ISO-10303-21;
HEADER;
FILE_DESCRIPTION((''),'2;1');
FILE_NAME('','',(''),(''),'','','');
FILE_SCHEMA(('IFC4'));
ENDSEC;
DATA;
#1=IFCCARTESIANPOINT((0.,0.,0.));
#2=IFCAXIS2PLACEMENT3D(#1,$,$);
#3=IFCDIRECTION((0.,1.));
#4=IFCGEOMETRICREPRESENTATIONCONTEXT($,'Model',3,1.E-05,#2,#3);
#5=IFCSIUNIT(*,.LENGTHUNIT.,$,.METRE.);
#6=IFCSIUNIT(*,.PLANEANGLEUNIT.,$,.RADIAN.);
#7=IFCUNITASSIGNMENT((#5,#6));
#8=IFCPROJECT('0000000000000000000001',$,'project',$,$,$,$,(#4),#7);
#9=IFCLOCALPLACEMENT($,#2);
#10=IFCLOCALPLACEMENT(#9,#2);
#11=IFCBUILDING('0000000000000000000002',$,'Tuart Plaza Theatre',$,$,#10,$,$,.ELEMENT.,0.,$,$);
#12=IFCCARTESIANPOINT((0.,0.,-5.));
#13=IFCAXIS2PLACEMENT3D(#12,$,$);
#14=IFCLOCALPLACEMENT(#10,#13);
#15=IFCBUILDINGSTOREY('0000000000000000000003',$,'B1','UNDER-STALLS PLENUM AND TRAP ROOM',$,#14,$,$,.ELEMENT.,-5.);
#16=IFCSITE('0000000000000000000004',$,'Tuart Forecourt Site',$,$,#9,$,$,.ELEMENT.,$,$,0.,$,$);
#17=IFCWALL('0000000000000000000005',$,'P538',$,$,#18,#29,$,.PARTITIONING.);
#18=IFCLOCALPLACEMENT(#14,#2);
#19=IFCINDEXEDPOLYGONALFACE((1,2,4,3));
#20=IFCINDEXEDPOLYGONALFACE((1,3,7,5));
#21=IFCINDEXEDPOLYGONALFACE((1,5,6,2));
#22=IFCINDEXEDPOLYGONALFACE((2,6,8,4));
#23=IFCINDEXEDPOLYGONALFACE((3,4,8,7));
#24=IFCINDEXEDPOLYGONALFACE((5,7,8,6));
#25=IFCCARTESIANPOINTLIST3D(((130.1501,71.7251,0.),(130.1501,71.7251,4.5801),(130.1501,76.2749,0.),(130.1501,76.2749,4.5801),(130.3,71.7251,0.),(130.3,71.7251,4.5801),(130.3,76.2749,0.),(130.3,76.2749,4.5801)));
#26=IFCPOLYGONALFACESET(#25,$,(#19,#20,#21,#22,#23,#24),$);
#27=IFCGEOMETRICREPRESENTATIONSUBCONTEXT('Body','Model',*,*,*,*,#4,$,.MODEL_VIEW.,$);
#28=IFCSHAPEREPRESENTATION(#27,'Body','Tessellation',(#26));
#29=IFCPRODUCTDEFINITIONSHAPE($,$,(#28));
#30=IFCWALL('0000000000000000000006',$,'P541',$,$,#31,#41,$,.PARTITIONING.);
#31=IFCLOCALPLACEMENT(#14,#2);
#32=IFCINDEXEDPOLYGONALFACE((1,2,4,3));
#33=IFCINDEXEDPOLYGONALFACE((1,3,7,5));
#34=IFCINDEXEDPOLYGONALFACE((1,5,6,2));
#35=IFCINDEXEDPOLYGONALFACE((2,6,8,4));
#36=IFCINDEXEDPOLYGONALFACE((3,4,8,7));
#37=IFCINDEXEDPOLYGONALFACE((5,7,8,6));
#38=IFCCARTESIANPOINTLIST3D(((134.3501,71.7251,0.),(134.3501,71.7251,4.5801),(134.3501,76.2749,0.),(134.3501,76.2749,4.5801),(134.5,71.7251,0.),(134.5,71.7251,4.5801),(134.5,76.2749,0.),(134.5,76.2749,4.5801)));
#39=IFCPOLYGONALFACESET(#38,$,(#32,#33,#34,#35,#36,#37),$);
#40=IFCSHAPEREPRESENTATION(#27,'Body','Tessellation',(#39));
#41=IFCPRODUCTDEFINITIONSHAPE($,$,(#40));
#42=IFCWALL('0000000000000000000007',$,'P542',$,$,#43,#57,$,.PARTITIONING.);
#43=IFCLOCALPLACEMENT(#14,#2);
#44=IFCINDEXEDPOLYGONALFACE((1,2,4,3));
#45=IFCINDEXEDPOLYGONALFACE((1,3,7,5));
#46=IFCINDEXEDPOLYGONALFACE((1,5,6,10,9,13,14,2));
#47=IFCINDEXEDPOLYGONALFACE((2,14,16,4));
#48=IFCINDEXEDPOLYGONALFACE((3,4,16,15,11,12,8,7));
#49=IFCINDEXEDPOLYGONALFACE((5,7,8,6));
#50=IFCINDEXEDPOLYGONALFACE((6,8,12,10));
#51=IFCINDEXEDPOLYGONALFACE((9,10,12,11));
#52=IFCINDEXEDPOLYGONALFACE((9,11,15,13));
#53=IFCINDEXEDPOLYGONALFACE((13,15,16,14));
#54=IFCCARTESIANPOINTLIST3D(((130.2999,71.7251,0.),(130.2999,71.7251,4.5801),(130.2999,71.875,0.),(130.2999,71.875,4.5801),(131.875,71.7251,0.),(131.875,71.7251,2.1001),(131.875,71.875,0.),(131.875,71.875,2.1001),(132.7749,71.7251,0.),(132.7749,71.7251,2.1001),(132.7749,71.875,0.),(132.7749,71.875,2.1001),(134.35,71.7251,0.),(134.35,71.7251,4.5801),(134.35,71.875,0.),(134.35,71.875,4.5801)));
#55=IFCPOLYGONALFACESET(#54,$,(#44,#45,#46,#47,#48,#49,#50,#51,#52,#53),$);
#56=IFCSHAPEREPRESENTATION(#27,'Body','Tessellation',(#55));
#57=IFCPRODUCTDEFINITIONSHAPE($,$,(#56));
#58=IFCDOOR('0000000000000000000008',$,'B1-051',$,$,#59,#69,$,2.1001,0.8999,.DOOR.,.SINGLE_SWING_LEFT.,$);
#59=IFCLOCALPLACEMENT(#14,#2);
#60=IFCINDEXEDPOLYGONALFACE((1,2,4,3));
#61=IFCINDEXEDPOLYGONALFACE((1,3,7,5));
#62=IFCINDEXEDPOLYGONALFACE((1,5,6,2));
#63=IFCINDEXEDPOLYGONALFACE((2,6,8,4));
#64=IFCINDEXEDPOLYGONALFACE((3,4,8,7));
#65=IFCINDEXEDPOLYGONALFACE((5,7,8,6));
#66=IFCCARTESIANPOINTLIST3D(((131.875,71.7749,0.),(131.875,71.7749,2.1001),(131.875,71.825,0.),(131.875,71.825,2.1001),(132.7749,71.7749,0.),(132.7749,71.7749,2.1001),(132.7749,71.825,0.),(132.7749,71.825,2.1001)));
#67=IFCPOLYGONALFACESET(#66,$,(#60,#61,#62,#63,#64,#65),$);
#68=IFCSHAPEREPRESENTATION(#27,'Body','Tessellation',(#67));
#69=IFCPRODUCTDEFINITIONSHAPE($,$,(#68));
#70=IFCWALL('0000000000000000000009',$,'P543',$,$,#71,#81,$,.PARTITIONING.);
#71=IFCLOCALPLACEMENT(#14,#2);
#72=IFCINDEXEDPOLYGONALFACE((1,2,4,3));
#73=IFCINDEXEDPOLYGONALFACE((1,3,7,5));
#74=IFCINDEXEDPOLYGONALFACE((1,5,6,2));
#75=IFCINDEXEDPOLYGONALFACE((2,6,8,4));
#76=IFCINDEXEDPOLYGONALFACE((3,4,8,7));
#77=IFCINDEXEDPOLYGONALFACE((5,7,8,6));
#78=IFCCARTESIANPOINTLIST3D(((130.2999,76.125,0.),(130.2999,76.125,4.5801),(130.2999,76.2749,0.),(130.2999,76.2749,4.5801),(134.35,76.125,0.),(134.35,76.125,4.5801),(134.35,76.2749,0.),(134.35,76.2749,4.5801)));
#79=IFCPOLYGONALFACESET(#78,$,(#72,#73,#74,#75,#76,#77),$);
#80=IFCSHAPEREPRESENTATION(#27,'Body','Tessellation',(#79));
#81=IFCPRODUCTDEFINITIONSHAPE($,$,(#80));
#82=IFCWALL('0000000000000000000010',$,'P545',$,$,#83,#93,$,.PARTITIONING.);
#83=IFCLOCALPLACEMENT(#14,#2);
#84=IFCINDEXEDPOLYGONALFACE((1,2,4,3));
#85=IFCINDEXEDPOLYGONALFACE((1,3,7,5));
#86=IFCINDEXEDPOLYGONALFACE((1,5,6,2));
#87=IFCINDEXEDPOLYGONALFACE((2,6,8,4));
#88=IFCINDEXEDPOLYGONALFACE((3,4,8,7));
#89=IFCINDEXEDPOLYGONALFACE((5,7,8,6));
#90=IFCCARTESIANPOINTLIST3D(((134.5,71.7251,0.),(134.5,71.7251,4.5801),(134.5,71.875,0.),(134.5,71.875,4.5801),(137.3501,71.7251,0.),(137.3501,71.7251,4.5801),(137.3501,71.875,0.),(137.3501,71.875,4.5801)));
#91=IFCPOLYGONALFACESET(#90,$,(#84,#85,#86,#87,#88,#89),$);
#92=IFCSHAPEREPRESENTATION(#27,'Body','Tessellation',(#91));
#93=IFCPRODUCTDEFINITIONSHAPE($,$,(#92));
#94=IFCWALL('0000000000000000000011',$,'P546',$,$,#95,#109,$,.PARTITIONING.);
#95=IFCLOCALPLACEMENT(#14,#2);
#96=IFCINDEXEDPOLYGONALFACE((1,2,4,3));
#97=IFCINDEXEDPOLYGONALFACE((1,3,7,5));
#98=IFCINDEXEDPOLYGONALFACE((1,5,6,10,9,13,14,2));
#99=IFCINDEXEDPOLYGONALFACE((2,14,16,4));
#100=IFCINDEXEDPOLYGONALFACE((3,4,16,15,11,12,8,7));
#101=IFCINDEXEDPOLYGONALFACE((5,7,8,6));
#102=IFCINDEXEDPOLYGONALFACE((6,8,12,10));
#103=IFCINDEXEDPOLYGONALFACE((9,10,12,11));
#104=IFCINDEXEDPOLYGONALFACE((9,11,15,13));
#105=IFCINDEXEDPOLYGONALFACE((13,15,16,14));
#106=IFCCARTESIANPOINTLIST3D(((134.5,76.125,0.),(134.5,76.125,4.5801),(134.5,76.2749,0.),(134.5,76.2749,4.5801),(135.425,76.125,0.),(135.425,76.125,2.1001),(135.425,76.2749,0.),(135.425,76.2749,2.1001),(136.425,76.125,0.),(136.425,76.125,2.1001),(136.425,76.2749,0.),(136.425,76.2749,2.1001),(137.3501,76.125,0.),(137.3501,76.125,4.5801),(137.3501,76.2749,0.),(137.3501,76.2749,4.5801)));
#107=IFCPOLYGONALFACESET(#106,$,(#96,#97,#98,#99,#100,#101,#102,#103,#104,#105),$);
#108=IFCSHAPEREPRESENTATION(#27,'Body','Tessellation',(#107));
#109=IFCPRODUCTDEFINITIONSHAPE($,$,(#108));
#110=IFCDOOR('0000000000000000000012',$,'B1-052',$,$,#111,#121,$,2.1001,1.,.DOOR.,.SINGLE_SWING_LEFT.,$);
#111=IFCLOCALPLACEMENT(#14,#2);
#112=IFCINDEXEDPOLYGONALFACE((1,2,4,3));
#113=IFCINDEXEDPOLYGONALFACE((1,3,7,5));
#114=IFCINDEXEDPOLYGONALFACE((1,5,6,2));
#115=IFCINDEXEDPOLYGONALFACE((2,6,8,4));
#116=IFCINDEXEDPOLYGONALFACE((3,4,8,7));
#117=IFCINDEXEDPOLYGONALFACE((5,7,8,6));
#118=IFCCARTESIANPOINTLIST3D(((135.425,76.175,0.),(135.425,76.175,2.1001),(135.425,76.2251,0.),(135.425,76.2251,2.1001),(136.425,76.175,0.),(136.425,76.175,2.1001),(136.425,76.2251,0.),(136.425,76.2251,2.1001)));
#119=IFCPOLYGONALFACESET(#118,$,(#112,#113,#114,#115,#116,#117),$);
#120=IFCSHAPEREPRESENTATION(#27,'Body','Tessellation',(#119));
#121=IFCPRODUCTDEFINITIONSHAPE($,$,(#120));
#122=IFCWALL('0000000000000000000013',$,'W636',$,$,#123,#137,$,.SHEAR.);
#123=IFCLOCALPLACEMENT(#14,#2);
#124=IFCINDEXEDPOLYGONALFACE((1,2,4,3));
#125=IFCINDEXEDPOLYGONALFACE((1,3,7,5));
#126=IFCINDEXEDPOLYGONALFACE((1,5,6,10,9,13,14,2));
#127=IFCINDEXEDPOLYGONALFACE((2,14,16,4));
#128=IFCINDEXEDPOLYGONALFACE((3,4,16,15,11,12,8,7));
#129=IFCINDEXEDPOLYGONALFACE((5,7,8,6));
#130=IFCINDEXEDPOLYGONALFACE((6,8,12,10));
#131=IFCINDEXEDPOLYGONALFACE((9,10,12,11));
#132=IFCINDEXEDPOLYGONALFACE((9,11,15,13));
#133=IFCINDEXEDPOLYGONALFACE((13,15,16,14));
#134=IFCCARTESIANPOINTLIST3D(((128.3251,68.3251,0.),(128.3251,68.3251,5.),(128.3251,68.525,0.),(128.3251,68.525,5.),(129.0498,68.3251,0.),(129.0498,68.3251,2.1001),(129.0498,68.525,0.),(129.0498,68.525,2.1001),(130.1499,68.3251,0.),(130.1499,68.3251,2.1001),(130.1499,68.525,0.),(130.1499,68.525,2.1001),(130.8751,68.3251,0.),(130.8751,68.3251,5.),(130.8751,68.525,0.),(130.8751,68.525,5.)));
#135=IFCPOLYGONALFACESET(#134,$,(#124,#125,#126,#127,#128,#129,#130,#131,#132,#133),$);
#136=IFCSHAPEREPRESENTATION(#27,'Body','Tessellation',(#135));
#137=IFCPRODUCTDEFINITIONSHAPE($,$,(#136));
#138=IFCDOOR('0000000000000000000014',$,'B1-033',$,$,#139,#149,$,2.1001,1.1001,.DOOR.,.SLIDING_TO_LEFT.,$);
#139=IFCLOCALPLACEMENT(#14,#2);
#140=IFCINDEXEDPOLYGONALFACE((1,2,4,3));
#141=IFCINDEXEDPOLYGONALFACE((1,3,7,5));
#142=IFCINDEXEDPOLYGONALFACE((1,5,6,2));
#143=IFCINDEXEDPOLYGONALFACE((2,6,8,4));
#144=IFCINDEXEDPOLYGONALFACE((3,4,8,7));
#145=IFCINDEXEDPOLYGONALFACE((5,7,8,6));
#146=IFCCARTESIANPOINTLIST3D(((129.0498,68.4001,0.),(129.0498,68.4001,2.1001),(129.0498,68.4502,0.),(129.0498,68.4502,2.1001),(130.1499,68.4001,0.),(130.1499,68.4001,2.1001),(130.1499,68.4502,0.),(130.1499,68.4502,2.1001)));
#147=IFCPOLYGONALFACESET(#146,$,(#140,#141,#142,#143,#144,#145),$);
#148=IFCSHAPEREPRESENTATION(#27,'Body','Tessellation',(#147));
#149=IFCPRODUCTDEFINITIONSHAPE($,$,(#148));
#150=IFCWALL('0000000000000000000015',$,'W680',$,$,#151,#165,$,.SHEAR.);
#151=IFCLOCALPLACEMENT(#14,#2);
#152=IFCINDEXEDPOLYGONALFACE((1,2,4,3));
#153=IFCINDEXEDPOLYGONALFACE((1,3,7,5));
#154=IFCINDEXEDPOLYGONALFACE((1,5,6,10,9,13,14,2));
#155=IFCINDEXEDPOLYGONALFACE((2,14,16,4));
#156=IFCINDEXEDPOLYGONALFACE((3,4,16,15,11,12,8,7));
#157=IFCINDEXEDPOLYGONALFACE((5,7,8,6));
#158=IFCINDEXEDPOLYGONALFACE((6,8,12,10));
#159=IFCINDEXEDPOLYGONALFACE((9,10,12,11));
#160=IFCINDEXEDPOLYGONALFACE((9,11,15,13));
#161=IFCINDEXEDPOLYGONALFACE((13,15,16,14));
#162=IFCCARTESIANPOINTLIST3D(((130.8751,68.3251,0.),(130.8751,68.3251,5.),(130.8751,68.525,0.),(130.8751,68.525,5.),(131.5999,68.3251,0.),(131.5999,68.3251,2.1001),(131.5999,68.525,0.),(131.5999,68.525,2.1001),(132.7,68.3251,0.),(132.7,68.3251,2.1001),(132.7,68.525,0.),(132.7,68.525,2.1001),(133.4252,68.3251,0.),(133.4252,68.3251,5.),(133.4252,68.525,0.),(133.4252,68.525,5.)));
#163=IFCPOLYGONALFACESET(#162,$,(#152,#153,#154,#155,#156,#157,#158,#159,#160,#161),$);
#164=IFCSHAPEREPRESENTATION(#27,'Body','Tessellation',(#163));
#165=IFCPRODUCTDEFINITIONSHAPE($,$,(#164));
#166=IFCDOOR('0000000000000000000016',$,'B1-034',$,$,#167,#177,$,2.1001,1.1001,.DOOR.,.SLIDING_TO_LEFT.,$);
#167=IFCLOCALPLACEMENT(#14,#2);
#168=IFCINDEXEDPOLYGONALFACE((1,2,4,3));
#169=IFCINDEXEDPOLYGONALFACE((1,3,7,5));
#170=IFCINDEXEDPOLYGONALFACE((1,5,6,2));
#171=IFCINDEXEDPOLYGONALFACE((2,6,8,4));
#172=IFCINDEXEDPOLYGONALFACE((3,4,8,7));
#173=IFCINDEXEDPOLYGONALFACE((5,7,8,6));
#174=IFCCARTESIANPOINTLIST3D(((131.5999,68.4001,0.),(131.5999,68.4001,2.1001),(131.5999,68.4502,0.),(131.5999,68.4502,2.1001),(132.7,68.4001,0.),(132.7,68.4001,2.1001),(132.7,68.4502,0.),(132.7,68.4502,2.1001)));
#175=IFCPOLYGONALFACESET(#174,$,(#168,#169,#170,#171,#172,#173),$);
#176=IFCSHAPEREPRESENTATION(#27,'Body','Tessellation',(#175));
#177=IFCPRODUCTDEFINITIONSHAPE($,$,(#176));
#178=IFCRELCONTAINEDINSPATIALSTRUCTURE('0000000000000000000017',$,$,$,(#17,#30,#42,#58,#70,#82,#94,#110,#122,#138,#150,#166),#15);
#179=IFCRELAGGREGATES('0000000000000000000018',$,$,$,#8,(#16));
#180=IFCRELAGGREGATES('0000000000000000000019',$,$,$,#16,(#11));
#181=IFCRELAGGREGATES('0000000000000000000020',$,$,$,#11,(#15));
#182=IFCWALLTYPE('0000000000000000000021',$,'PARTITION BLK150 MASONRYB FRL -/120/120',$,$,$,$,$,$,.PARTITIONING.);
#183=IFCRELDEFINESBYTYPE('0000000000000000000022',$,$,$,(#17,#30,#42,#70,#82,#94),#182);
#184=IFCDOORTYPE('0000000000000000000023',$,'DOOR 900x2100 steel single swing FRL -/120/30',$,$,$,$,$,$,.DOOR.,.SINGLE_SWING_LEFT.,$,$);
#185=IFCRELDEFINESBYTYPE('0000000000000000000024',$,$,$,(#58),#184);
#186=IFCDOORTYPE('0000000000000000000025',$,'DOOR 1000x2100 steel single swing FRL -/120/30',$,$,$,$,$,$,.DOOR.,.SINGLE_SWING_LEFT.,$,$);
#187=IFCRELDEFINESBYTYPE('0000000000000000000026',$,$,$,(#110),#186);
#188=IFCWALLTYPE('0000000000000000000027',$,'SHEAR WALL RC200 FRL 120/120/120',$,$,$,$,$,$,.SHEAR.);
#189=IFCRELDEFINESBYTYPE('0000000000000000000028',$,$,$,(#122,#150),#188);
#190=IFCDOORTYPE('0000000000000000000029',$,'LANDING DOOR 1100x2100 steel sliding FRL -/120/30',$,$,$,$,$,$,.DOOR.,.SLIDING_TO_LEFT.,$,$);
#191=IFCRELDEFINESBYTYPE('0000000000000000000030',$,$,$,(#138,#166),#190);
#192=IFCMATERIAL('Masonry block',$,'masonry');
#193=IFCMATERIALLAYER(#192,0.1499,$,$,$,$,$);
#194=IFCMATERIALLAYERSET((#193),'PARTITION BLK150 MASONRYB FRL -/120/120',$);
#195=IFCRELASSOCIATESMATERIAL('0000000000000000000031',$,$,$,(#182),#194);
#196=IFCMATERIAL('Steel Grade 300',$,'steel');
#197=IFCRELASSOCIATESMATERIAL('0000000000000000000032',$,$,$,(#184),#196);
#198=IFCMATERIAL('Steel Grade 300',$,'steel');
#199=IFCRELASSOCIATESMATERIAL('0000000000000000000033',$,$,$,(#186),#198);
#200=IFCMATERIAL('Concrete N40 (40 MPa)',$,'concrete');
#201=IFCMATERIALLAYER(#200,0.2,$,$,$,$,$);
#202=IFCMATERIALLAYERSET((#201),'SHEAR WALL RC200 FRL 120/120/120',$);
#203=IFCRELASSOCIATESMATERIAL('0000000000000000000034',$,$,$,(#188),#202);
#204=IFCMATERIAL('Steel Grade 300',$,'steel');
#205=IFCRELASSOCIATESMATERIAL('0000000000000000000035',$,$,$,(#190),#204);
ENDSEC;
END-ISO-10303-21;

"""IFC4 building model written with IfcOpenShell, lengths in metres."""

from ifc_helpers import new_model, si_unit, direction, frame, frame_2d, origin, place, context, subcontext, project, spatial, rectangle, extrude, material, layer, layer_set, type_object, element, fill, save


model = new_model("IFC4")

# Units and contexts
model_context = context("Model", 3, precision=1e-05, world=origin(), true_north=direction((0.0, 1.0)))
body_context = subcontext(model_context, "Body", "Model", "MODEL_VIEW")
ifc_project = project(units=[si_unit("LENGTHUNIT", "METRE"), si_unit("PLANEANGLEUNIT", "RADIAN")], contexts=[model_context])

# Site, building, storey
site_placement = place(None, origin())
site = spatial("IfcSite", under=ifc_project, at=site_placement, Name="Tuart Forecourt Site", CompositionType="ELEMENT", RefElevation=0.0)
building_placement = place(site_placement, origin())
building = spatial("IfcBuilding", under=site, at=building_placement, Name="Tuart Plaza Theatre", CompositionType="ELEMENT", ElevationOfRefHeight=0.0)
storey_placement = place(building_placement, frame((0.0, 0.0, -5.0)))
storey = spatial("IfcBuildingStorey", under=building, at=storey_placement, Name="B1", Description="UNDER-STALLS PLENUM AND TRAP ROOM", CompositionType="ELEMENT", Elevation=-5.0)

# Walls
ifc_material_1 = material(Name="Masonry block", Category="masonry")
ifc_layer_1 = layer(ifc_material_1, 0.1499)
ifc_layer_set_1 = layer_set([ifc_layer_1], Name="PARTITION BLK150 MASONRYB FRL -/120/120")
wall_type_1 = type_object("IfcWallType", Name="PARTITION BLK150 MASONRYB FRL -/120/120", PredefinedType="PARTITIONING", material=ifc_layer_set_1)
for number, where, z_axis, x_axis, name in (
    (1, (130.2251, 71.7251, 0.0), (0.0, 0.0, 1.0), (0.0, 1.0, 0.0), "P538"),
    (2, (134.425, 71.7251, 0.0), (0.0, 0.0, 1.0), (0.0, 1.0, 0.0), "P541"),
):
    element("IfcWall", number, at=place(storey_placement, frame(where, z_axis=z_axis, x_axis=x_axis)), inside=storey, type_object=wall_type_1, Name=name, PredefinedType="PARTITIONING", context=body_context, shape_type="SweptSolid", body=[
        extrude(rectangle(XDim=4.5498, YDim=0.1499, at=frame_2d((2.2749, 0.0))), origin(), (0.0, 0.0, 1.0), 4.5801),
    ])

# Wall, opening, door
wall_1_placement = place(storey_placement, frame((130.3, 71.8, 0.0), z_axis=(0.0, 0.0, 1.0), x_axis=(1.0, 0.0, 0.0)))
wall_1 = element("IfcWall", 3, at=wall_1_placement, inside=storey, type_object=wall_type_1, Name="P542", PredefinedType="PARTITIONING", context=body_context, shape_type="SweptSolid", body=[
    extrude(rectangle(XDim=4.05, YDim=0.1499, at=frame_2d((2.0249, 0.0))), origin(), (0.0, 0.0, 1.0), 4.5801),
])
opening_1_placement = place(wall_1_placement, frame((1.575, 0.0, 0.0)))
opening_1 = element("IfcOpeningElement", 4, at=opening_1_placement, cuts=wall_1, PredefinedType="OPENING", context=body_context, shape_type="SweptSolid", body=[
    extrude(rectangle(XDim=0.8999, YDim=2.1001, at=frame_2d((0.45, 1.05))), frame((0.0, 0.085, 0.0), z_axis=(0.0, -1.0, 0.0), x_axis=(1.0, 0.0, 0.0)), (0.0, 0.0, 1.0), 0.1699),
])
ifc_material_2 = material(Name="Steel Grade 300", Category="steel")
door_type_1 = type_object("IfcDoorType", Name="DOOR 900x2100 steel single swing FRL -/120/30", OperationType="SINGLE_SWING_LEFT", PredefinedType="DOOR", material=ifc_material_2)
door_1_placement = place(opening_1_placement, origin())
door_1 = element("IfcDoor", 5, at=door_1_placement, inside=storey, type_object=door_type_1, Name="B1-051", OperationType="SINGLE_SWING_LEFT", OverallHeight=2.1001, OverallWidth=0.8999, PredefinedType="DOOR", context=body_context, shape_type="SweptSolid", body=[
    extrude(rectangle(XDim=0.8999, YDim=2.1001, at=frame_2d((0.45, 1.05))), frame((0.0, 0.0249, 0.0), z_axis=(0.0, -1.0, 0.0), x_axis=(1.0, 0.0, 0.0)), (0.0, 0.0, 1.0), 0.05),
])
fill(opening_1, door_1)

# Walls
wall_2_placement = place(storey_placement, frame((130.3, 76.2, 0.0), z_axis=(0.0, 0.0, 1.0), x_axis=(1.0, 0.0, 0.0)))
element("IfcWall", 6, at=wall_2_placement, inside=storey, type_object=wall_type_1, Name="P543", PredefinedType="PARTITIONING", context=body_context, shape_type="SweptSolid", body=[
    extrude(rectangle(XDim=4.05, YDim=0.1499, at=frame_2d((2.0249, 0.0))), origin(), (0.0, 0.0, 1.0), 4.5801),
])
wall_3_placement = place(storey_placement, frame((134.5, 71.8, 0.0), z_axis=(0.0, 0.0, 1.0), x_axis=(1.0, 0.0, 0.0)))
element("IfcWall", 7, at=wall_3_placement, inside=storey, type_object=wall_type_1, Name="P545", PredefinedType="PARTITIONING", context=body_context, shape_type="SweptSolid", body=[
    extrude(rectangle(XDim=2.8501, YDim=0.1499, at=frame_2d((1.425, 0.0))), origin(), (0.0, 0.0, 1.0), 4.5801),
])

# Walls, openings, doors
wall_4_placement = place(storey_placement, frame((134.5, 76.2, 0.0), z_axis=(0.0, 0.0, 1.0), x_axis=(1.0, 0.0, 0.0)))
wall_4 = element("IfcWall", 8, at=wall_4_placement, inside=storey, type_object=wall_type_1, Name="P546", PredefinedType="PARTITIONING", context=body_context, shape_type="SweptSolid", body=[
    extrude(rectangle(XDim=2.8501, YDim=0.1499, at=frame_2d((1.425, 0.0))), origin(), (0.0, 0.0, 1.0), 4.5801),
])
opening_2_placement = place(wall_4_placement, frame((0.925, 0.0, 0.0)))
opening_2 = element("IfcOpeningElement", 9, at=opening_2_placement, cuts=wall_4, PredefinedType="OPENING", context=body_context, shape_type="SweptSolid", body=[
    extrude(rectangle(XDim=1.0, YDim=2.1001, at=frame_2d((0.5, 1.05))), frame((0.0, 0.085, 0.0), z_axis=(0.0, -1.0, 0.0), x_axis=(1.0, 0.0, 0.0)), (0.0, 0.0, 1.0), 0.1699),
])
ifc_material_3 = material(Name="Steel Grade 300", Category="steel")
door_type_2 = type_object("IfcDoorType", Name="DOOR 1000x2100 steel single swing FRL -/120/30", OperationType="SINGLE_SWING_LEFT", PredefinedType="DOOR", material=ifc_material_3)
door_2_placement = place(opening_2_placement, frame((1.0, 0.0, 0.0), z_axis=(0.0, 0.0, 1.0), x_axis=(-1.0, 0.0, 0.0)))
door_2 = element("IfcDoor", 10, at=door_2_placement, inside=storey, type_object=door_type_2, Name="B1-052", OperationType="SINGLE_SWING_LEFT", OverallHeight=2.1001, OverallWidth=1.0, PredefinedType="DOOR", context=body_context, shape_type="SweptSolid", body=[
    extrude(rectangle(XDim=1.0, YDim=2.1001, at=frame_2d((0.5, 1.05))), frame((0.0, 0.0249, 0.0), z_axis=(0.0, -1.0, 0.0), x_axis=(1.0, 0.0, 0.0)), (0.0, 0.0, 1.0), 0.05),
])
fill(opening_2, door_2)
ifc_material_4 = material(Name="Concrete N40 (40 MPa)", Category="concrete")
ifc_layer_2 = layer(ifc_material_4, 0.2)
ifc_layer_set_2 = layer_set([ifc_layer_2], Name="SHEAR WALL RC200 FRL 120/120/120")
wall_type_2 = type_object("IfcWallType", Name="SHEAR WALL RC200 FRL 120/120/120", PredefinedType="SHEAR", material=ifc_layer_set_2)
wall_5_placement = place(storey_placement, frame((130.875, 68.425, 0.0), z_axis=(0.0, 0.0, 1.0), x_axis=(-1.0, 0.0, 0.0)))
wall_5 = element("IfcWall", 11, at=wall_5_placement, inside=storey, type_object=wall_type_2, Name="W636", PredefinedType="SHEAR", context=body_context, shape_type="SweptSolid", body=[
    extrude(rectangle(XDim=2.55, YDim=0.2, at=frame_2d((1.2749, 0.0))), origin(), (0.0, 0.0, 1.0), 5.0),
])
opening_3_placement = place(wall_5_placement, frame((0.7251, 0.0, 0.0)))
opening_3 = element("IfcOpeningElement", 12, at=opening_3_placement, cuts=wall_5, PredefinedType="OPENING", context=body_context, shape_type="SweptSolid", body=[
    extrude(rectangle(XDim=1.1001, YDim=2.1001, at=frame_2d((0.55, 1.05))), frame((0.0, 0.1099, 0.0), z_axis=(0.0, -1.0, 0.0), x_axis=(1.0, 0.0, 0.0)), (0.0, 0.0, 1.0), 0.22),
])
ifc_material_5 = material(Name="Steel Grade 300", Category="steel")
door_type_3 = type_object("IfcDoorType", Name="LANDING DOOR 1100x2100 steel sliding FRL -/120/30", OperationType="SLIDING_TO_LEFT", PredefinedType="DOOR", material=ifc_material_5)
door_3_placement = place(opening_3_placement, origin())
door_3 = element("IfcDoor", 13, at=door_3_placement, inside=storey, type_object=door_type_3, Name="B1-033", OperationType="SLIDING_TO_LEFT", OverallHeight=2.1001, OverallWidth=1.1001, PredefinedType="DOOR", context=body_context, shape_type="SweptSolid", body=[
    extrude(rectangle(XDim=1.1001, YDim=2.1001, at=frame_2d((0.55, 1.05))), frame((0.0, 0.0249, 0.0), z_axis=(0.0, -1.0, 0.0), x_axis=(1.0, 0.0, 0.0)), (0.0, 0.0, 1.0), 0.05),
])
fill(opening_3, door_3)
wall_6_placement = place(storey_placement, frame((133.425, 68.425, 0.0), z_axis=(0.0, 0.0, 1.0), x_axis=(-1.0, 0.0, 0.0)))
wall_6 = element("IfcWall", 14, at=wall_6_placement, inside=storey, type_object=wall_type_2, Name="W680", PredefinedType="SHEAR", context=body_context, shape_type="SweptSolid", body=[
    extrude(rectangle(XDim=2.55, YDim=0.2, at=frame_2d((1.2749, 0.0))), origin(), (0.0, 0.0, 1.0), 5.0),
])
opening_4_placement = place(wall_6_placement, frame((0.7251, 0.0, 0.0)))
opening_4 = element("IfcOpeningElement", 15, at=opening_4_placement, cuts=wall_6, PredefinedType="OPENING", context=body_context, shape_type="SweptSolid", body=[
    extrude(rectangle(XDim=1.1001, YDim=2.1001, at=frame_2d((0.55, 1.05))), frame((0.0, 0.1099, 0.0), z_axis=(0.0, -1.0, 0.0), x_axis=(1.0, 0.0, 0.0)), (0.0, 0.0, 1.0), 0.22),
])
door_4_placement = place(opening_4_placement, origin())
door_4 = element("IfcDoor", 16, at=door_4_placement, inside=storey, type_object=door_type_3, Name="B1-034", OperationType="SLIDING_TO_LEFT", OverallHeight=2.1001, OverallWidth=1.1001, PredefinedType="DOOR", context=body_context, shape_type="SweptSolid", body=[
    extrude(rectangle(XDim=1.1001, YDim=2.1001, at=frame_2d((0.55, 1.05))), frame((0.0, 0.0249, 0.0), z_axis=(0.0, -1.0, 0.0), x_axis=(1.0, 0.0, 0.0)), (0.0, 0.0, 1.0), 0.05),
])
fill(opening_4, door_4)

save(model, "model.ifc")
